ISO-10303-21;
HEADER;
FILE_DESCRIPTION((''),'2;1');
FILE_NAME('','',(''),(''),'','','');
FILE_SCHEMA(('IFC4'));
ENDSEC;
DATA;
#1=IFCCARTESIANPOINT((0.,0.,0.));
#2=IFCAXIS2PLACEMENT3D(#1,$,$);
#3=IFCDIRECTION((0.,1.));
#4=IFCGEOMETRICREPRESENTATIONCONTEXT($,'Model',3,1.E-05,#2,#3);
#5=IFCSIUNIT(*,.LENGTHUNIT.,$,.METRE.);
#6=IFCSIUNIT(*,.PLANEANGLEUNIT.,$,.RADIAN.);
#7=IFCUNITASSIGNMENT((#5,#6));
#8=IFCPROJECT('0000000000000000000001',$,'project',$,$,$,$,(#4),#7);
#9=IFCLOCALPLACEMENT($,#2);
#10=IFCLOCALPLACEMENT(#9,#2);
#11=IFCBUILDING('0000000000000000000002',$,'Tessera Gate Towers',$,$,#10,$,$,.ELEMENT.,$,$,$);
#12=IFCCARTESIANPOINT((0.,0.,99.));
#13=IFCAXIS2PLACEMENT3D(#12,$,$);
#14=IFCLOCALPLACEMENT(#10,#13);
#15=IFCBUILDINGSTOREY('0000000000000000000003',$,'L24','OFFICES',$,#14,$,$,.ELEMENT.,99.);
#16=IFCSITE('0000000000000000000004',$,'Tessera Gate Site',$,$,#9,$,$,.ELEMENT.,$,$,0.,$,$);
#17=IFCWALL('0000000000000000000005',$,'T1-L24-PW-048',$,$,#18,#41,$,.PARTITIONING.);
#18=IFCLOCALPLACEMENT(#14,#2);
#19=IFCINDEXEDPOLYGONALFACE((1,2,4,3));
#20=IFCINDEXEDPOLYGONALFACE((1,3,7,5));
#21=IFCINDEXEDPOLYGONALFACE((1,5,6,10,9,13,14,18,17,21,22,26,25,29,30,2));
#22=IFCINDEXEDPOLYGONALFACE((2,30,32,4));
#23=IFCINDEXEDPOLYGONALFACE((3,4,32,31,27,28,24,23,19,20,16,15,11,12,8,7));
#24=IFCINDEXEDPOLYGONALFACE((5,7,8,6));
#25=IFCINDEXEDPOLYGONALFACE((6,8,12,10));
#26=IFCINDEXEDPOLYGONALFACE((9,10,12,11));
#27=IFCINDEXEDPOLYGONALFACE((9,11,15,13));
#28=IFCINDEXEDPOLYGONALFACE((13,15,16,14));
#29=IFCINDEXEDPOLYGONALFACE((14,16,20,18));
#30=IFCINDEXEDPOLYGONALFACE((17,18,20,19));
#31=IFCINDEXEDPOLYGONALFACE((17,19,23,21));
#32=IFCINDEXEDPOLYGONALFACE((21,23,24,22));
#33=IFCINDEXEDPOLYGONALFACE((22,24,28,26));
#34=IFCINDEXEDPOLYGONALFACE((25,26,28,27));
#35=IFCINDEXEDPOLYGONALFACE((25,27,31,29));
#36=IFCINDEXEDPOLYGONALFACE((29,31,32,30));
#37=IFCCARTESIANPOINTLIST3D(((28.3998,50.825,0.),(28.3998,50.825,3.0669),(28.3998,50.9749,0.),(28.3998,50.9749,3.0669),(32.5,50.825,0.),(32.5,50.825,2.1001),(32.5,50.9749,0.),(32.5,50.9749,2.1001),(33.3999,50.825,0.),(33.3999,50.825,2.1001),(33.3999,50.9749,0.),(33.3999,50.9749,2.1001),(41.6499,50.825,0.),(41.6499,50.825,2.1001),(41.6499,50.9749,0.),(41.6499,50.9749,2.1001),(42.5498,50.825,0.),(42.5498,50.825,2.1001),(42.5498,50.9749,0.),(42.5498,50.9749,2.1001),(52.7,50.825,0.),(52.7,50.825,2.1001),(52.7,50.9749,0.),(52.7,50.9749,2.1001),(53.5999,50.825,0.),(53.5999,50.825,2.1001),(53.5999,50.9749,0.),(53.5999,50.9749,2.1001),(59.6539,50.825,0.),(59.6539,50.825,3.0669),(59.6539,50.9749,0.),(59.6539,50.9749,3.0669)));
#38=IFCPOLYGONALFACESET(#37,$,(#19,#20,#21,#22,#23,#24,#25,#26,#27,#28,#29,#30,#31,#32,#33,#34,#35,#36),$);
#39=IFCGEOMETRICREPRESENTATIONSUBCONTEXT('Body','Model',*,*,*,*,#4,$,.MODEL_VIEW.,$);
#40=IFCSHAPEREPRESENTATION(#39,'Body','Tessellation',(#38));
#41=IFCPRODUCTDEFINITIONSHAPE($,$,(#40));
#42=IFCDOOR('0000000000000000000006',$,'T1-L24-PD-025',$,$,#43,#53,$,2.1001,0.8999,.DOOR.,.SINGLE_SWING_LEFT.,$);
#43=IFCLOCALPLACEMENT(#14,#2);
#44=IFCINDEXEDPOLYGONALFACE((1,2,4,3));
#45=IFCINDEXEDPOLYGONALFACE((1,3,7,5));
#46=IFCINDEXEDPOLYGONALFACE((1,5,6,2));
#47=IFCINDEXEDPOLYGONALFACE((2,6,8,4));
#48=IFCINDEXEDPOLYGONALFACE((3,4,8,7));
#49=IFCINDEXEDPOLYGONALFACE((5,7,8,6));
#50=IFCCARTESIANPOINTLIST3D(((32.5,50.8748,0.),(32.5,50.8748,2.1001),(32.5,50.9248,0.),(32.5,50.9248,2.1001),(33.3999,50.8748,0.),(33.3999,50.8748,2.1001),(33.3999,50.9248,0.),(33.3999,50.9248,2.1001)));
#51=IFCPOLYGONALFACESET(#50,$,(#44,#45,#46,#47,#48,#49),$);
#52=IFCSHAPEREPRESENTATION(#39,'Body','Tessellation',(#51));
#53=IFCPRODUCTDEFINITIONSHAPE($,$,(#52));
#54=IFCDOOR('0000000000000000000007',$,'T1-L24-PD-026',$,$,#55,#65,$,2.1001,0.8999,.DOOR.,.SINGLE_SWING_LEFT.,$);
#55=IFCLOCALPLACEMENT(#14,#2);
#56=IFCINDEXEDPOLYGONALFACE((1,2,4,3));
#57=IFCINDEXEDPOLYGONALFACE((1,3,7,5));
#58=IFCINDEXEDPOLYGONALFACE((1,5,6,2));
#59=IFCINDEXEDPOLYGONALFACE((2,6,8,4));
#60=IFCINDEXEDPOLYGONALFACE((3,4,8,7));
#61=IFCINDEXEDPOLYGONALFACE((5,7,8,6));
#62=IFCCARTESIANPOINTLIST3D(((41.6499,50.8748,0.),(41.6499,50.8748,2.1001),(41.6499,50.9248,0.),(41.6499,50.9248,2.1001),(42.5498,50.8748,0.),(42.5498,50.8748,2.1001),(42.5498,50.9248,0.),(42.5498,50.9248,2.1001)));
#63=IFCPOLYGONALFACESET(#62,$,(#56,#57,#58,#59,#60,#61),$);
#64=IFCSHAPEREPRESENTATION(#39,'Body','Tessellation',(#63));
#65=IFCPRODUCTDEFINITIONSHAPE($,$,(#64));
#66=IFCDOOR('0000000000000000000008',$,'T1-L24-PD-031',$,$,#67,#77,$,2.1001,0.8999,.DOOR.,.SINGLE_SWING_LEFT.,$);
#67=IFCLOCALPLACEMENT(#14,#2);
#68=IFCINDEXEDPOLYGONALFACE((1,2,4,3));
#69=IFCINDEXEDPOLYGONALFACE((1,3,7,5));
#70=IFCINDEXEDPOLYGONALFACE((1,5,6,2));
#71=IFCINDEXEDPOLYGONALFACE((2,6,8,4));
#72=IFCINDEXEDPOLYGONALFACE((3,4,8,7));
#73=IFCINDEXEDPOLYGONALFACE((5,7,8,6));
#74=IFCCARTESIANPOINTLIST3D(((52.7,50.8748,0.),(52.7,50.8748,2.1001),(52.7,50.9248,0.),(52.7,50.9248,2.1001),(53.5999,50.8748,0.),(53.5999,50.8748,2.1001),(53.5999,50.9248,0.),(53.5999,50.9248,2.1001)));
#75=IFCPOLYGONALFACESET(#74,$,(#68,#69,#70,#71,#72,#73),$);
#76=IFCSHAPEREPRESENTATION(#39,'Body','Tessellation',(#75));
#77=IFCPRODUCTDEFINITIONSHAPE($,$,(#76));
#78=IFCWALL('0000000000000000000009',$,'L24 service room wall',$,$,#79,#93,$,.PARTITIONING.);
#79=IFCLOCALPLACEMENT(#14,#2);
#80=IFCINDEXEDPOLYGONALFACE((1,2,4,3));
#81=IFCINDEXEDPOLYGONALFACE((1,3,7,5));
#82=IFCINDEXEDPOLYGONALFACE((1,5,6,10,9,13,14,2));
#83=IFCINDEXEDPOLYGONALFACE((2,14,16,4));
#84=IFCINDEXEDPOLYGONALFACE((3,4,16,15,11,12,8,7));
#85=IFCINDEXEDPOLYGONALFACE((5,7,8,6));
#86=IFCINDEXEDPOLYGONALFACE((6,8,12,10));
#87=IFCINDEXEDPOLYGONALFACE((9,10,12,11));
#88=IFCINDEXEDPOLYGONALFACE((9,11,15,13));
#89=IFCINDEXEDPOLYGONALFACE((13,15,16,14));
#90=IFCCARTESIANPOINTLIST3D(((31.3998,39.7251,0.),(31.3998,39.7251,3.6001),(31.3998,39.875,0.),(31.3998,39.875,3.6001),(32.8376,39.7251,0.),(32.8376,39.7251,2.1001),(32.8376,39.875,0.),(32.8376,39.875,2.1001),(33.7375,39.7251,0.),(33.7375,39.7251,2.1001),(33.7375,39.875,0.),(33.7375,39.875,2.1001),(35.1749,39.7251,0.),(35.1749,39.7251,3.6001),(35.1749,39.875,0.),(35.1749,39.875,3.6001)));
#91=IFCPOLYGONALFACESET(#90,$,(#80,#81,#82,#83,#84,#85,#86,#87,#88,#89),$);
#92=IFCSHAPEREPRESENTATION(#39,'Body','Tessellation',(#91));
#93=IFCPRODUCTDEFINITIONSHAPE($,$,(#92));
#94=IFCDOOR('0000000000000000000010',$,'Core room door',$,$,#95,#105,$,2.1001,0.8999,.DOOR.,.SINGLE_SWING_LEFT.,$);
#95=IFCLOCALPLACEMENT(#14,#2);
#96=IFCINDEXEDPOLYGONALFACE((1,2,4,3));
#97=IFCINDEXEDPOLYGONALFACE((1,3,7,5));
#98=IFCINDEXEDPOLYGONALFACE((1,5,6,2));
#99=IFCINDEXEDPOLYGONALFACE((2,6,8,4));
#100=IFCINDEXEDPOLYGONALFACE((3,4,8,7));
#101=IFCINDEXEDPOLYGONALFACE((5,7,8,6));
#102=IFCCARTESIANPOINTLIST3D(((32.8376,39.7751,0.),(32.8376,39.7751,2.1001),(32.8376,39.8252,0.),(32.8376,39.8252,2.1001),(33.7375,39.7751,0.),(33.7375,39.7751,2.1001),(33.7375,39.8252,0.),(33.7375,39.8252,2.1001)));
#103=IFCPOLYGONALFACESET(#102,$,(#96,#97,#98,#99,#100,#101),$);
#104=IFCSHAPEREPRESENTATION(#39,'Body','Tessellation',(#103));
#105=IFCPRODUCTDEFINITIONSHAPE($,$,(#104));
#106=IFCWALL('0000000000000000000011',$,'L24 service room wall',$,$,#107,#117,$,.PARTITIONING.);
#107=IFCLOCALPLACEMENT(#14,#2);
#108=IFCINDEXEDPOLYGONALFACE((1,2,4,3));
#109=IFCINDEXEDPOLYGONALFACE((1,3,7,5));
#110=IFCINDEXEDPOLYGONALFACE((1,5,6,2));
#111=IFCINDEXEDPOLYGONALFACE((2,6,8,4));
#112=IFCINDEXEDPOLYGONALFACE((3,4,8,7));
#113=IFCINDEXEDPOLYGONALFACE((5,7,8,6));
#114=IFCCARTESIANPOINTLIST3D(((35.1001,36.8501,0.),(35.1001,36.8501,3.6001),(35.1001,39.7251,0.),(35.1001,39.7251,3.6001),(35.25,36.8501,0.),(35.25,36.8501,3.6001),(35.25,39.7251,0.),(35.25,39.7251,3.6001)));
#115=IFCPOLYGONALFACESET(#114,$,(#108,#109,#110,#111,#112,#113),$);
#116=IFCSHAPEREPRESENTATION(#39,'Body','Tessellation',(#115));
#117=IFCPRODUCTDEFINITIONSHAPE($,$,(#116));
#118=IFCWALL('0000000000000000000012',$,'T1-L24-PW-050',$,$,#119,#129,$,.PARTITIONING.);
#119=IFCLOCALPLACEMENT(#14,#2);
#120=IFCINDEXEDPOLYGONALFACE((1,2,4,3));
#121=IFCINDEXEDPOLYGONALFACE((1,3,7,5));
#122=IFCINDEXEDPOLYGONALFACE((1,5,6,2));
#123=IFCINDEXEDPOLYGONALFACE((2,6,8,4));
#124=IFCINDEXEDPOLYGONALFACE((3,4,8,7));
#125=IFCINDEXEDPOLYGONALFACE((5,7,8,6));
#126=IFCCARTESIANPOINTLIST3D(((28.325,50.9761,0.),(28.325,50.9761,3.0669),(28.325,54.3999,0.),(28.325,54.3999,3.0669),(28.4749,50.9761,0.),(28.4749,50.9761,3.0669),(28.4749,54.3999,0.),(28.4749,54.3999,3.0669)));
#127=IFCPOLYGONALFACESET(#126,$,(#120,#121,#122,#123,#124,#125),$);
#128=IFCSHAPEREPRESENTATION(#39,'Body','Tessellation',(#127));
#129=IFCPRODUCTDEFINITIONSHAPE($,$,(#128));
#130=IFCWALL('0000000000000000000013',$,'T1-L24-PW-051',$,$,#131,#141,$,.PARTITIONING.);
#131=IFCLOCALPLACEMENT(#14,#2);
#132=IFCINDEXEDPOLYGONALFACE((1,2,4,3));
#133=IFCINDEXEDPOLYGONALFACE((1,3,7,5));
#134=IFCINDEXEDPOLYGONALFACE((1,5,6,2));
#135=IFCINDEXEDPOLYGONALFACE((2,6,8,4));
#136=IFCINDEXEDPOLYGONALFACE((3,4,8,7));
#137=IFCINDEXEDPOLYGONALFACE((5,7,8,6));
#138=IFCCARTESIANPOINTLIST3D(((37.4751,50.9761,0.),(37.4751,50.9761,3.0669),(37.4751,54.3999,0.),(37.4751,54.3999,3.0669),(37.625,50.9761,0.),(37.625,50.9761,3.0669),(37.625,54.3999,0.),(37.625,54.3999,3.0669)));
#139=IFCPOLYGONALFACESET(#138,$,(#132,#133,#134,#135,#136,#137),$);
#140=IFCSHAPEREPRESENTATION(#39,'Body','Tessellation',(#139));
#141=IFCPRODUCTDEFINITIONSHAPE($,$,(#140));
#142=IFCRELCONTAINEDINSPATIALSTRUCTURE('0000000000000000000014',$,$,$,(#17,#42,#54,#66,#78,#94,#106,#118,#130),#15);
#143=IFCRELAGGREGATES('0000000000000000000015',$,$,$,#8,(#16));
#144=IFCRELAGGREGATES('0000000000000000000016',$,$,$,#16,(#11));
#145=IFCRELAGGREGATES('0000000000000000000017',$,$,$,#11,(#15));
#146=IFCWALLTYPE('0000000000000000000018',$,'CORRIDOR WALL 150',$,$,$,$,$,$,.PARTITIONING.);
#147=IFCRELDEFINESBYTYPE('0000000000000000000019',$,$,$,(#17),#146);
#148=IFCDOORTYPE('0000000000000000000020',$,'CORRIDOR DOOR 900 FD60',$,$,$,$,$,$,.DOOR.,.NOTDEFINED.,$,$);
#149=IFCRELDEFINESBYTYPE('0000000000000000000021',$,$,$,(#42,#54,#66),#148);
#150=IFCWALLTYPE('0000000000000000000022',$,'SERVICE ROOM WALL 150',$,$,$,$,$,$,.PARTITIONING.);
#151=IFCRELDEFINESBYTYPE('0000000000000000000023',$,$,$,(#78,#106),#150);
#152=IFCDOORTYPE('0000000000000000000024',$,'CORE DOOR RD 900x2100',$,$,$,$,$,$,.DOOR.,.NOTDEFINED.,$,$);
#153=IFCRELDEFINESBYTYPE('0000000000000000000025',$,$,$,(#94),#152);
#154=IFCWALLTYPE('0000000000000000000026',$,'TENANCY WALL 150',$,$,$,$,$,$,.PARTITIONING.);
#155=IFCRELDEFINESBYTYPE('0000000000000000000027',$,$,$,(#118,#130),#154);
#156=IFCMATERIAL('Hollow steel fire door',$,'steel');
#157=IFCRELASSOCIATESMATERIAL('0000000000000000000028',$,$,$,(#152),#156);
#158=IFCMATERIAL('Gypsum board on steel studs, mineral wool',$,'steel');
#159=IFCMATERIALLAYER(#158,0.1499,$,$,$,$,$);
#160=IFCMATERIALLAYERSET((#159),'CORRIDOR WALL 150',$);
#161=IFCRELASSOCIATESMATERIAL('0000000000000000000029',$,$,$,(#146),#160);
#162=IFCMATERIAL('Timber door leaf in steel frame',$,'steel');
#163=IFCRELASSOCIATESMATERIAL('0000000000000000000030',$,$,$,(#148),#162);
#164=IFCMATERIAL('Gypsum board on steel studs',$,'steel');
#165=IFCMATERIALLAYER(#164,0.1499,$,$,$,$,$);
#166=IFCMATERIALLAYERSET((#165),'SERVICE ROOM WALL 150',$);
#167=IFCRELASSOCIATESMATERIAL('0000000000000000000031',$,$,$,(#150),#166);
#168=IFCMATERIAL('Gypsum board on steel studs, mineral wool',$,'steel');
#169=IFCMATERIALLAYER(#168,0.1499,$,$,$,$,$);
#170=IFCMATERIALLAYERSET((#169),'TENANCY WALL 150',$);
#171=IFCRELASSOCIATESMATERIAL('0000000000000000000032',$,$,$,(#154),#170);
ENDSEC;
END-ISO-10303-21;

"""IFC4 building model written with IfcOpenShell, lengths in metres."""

from ifc_helpers import new_model, si_unit, direction, frame, frame_2d, origin, place, context, subcontext, project, spatial, rectangle, extrude, source, transform, mapped, material, layer, layer_set, type_object, element, fill, save


model = new_model("IFC4")

# Units and contexts
model_context = context("Model", 3, precision=1e-05, world=origin(), true_north=direction((0.0, 1.0)))
body_context = subcontext(model_context, "Body", "Model", "MODEL_VIEW")
ifc_project = project(units=[si_unit("LENGTHUNIT", "METRE"), si_unit("PLANEANGLEUNIT", "RADIAN")], contexts=[model_context])

# Site, building, storey
site_placement = place(None, origin())
site = spatial("IfcSite", under=ifc_project, at=site_placement, Name="Tessera Gate Site", CompositionType="ELEMENT", RefElevation=0.0)
building_placement = place(site_placement, origin())
building = spatial("IfcBuilding", under=site, at=building_placement, Name="Tessera Gate Towers", CompositionType="ELEMENT")
storey_placement = place(building_placement, frame((0.0, 0.0, 99.0)))
storey = spatial("IfcBuildingStorey", under=building, at=storey_placement, Name="L24", Description="OFFICES", CompositionType="ELEMENT", Elevation=99.0)

# Shared definitions
ifc_material_1 = material(Name="Hollow steel fire door", Category="steel")
door_type_1 = type_object("IfcDoorType", Name="CORE DOOR RD 900x2100", OperationType="NOTDEFINED", PredefinedType="DOOR", material=ifc_material_1)
shared_shape_1 = source(origin(), body_context, "Body", "SweptSolid", [
    extrude(rectangle(XDim=0.8999, YDim=2.1001, at=frame_2d((0.45, 1.05))), frame((0.0, 0.0249, 0.0), z_axis=(0.0, -1.0, 0.0), x_axis=(1.0, 0.0, 0.0)), (0.0, 0.0, 1.0), 0.05),
])

# Shared definitions
ifc_material_2 = material(Name="Gypsum board on steel studs, mineral wool", Category="steel")
ifc_layer_1 = layer(ifc_material_2, 0.1499)
ifc_layer_set_1 = layer_set([ifc_layer_1], Name="CORRIDOR WALL 150")
wall_type_1 = type_object("IfcWallType", Name="CORRIDOR WALL 150", PredefinedType="PARTITIONING", material=ifc_layer_set_1)

# Wall, openings, doors
wall_1_placement = place(storey_placement, frame((28.3999, 50.8999, 0.0), z_axis=(0.0, 0.0, 1.0), x_axis=(1.0, 0.0, 0.0)))
wall_1 = element("IfcWall", 1, at=wall_1_placement, inside=storey, type_object=wall_type_1, Name="T1-L24-PW-048", PredefinedType="PARTITIONING", context=body_context, shape_type="SweptSolid", body=[
    extrude(rectangle(XDim=31.2542, YDim=0.1499, at=frame_2d((15.627, 0.0))), origin(), (0.0, 0.0, 1.0), 3.0669),
])
shared_shape_2 = source(origin(), body_context, "Body", "SweptSolid", [
    extrude(rectangle(XDim=0.8999, YDim=2.1001, at=frame_2d((0.45, 1.05))), frame((0.0, 0.085, 0.0), z_axis=(0.0, -1.0, 0.0), x_axis=(1.0, 0.0, 0.0)), (0.0, 0.0, 1.0), 0.1699),
])
opening_1_placement = place(wall_1_placement, frame((4.1001, 0.0, 0.0)))
opening_1 = element("IfcOpeningElement", 2, at=opening_1_placement, cuts=wall_1, PredefinedType="OPENING", context=body_context, shape_type="MappedRepresentation", body=[
    mapped(shared_shape_2, transform((0.0, 0.0, 0.0), scale=1.0)),
])
opening_2_placement = place(wall_1_placement, frame((13.25, 0.0, 0.0)))
opening_2 = element("IfcOpeningElement", 3, at=opening_2_placement, cuts=wall_1, PredefinedType="OPENING", context=body_context, shape_type="MappedRepresentation", body=[
    mapped(shared_shape_2, transform((0.0, 0.0, 0.0), scale=1.0)),
])
opening_3_placement = place(wall_1_placement, frame((24.3, 0.0, 0.0)))
opening_3 = element("IfcOpeningElement", 4, at=opening_3_placement, cuts=wall_1, PredefinedType="OPENING", context=body_context, shape_type="MappedRepresentation", body=[
    mapped(shared_shape_2, transform((0.0, 0.0, 0.0), scale=1.0)),
])
ifc_material_3 = material(Name="Timber door leaf in steel frame", Category="steel")
door_type_2 = type_object("IfcDoorType", Name="CORRIDOR DOOR 900 FD60", OperationType="NOTDEFINED", PredefinedType="DOOR", material=ifc_material_3)
door_1_placement = place(opening_1_placement, origin())
door_1 = element("IfcDoor", 5, at=door_1_placement, inside=storey, type_object=door_type_2, Name="T1-L24-PD-025", OperationType="SINGLE_SWING_LEFT", OverallHeight=2.1001, OverallWidth=0.8999, PredefinedType="DOOR", context=body_context, shape_type="MappedRepresentation", body=[
    mapped(shared_shape_1, transform((0.0, 0.0, 0.0), scale=1.0)),
])
fill(opening_1, door_1)
door_2_placement = place(opening_2_placement, origin())
door_2 = element("IfcDoor", 6, at=door_2_placement, inside=storey, type_object=door_type_2, Name="T1-L24-PD-026", OperationType="SINGLE_SWING_LEFT", OverallHeight=2.1001, OverallWidth=0.8999, PredefinedType="DOOR", context=body_context, shape_type="MappedRepresentation", body=[
    mapped(shared_shape_1, transform((0.0, 0.0, 0.0), scale=1.0)),
])
fill(opening_2, door_2)
door_3_placement = place(opening_3_placement, origin())
door_3 = element("IfcDoor", 7, at=door_3_placement, inside=storey, type_object=door_type_2, Name="T1-L24-PD-031", OperationType="SINGLE_SWING_LEFT", OverallHeight=2.1001, OverallWidth=0.8999, PredefinedType="DOOR", context=body_context, shape_type="MappedRepresentation", body=[
    mapped(shared_shape_1, transform((0.0, 0.0, 0.0), scale=1.0)),
])
fill(opening_3, door_3)

# Wall, opening, door
ifc_material_4 = material(Name="Gypsum board on steel studs", Category="steel")
ifc_layer_2 = layer(ifc_material_4, 0.1499)
ifc_layer_set_2 = layer_set([ifc_layer_2], Name="SERVICE ROOM WALL 150")
wall_type_2 = type_object("IfcWallType", Name="SERVICE ROOM WALL 150", PredefinedType="PARTITIONING", material=ifc_layer_set_2)
wall_2_placement = place(storey_placement, frame((35.175, 39.8, 0.0), z_axis=(0.0, 0.0, 1.0), x_axis=(-1.0, 0.0, 0.0)))
wall_2 = element("IfcWall", 8, at=wall_2_placement, inside=storey, type_object=wall_type_2, Name="L24 service room wall", PredefinedType="PARTITIONING", context=body_context, shape_type="SweptSolid", body=[
    extrude(rectangle(XDim=3.7751, YDim=0.1499, at=frame_2d((1.8877, 0.0))), origin(), (0.0, 0.0, 1.0), 3.6001),
])
opening_4_placement = place(wall_2_placement, frame((1.4375, 0.0, 0.0)))
opening_4 = element("IfcOpeningElement", 9, at=opening_4_placement, cuts=wall_2, PredefinedType="OPENING", context=body_context, shape_type="MappedRepresentation", body=[
    mapped(shared_shape_2, transform((0.0, 0.0, 0.0), scale=1.0)),
])
door_4_placement = place(opening_4_placement, origin())
door_4 = element("IfcDoor", 10, at=door_4_placement, inside=storey, type_object=door_type_1, Name="Core room door", OperationType="SINGLE_SWING_LEFT", OverallHeight=2.1001, OverallWidth=0.8999, PredefinedType="DOOR", context=body_context, shape_type="MappedRepresentation", body=[
    mapped(shared_shape_1, transform((0.0, 0.0, 0.0), scale=1.0)),
])
fill(opening_4, door_4)

# Walls
wall_3_placement = place(storey_placement, frame((35.175, 36.8501, 0.0), z_axis=(0.0, 0.0, 1.0), x_axis=(0.0, 1.0, 0.0)))
element("IfcWall", 11, at=wall_3_placement, inside=storey, type_object=wall_type_2, Name="L24 service room wall", PredefinedType="PARTITIONING", context=body_context, shape_type="SweptSolid", body=[
    extrude(rectangle(XDim=2.875, YDim=0.1499, at=frame_2d((1.4375, 0.0))), origin(), (0.0, 0.0, 1.0), 3.6001),
])
ifc_material_5 = material(Name="Gypsum board on steel studs, mineral wool", Category="steel")
ifc_layer_3 = layer(ifc_material_5, 0.1499)
ifc_layer_set_3 = layer_set([ifc_layer_3], Name="TENANCY WALL 150")
wall_type_3 = type_object("IfcWallType", Name="TENANCY WALL 150", PredefinedType="PARTITIONING", material=ifc_layer_set_3)
for number, where, z_axis, x_axis, name in (
    (12, (28.3999, 50.9761, 0.0), (0.0, 0.0, 1.0), (0.0, 1.0, 0.0), "T1-L24-PW-050"),
    (13, (37.55, 50.9761, 0.0), (0.0, 0.0, 1.0), (0.0, 1.0, 0.0), "T1-L24-PW-051"),
):
    element("IfcWall", number, at=place(storey_placement, frame(where, z_axis=z_axis, x_axis=x_axis)), inside=storey, type_object=wall_type_3, Name=name, PredefinedType="PARTITIONING", context=body_context, shape_type="SweptSolid", body=[
        extrude(rectangle(XDim=3.4238, YDim=0.1499, at=frame_2d((1.7119, 0.0))), origin(), (0.0, 0.0, 1.0), 3.0669),
    ])

save(model, "model.ifc")
